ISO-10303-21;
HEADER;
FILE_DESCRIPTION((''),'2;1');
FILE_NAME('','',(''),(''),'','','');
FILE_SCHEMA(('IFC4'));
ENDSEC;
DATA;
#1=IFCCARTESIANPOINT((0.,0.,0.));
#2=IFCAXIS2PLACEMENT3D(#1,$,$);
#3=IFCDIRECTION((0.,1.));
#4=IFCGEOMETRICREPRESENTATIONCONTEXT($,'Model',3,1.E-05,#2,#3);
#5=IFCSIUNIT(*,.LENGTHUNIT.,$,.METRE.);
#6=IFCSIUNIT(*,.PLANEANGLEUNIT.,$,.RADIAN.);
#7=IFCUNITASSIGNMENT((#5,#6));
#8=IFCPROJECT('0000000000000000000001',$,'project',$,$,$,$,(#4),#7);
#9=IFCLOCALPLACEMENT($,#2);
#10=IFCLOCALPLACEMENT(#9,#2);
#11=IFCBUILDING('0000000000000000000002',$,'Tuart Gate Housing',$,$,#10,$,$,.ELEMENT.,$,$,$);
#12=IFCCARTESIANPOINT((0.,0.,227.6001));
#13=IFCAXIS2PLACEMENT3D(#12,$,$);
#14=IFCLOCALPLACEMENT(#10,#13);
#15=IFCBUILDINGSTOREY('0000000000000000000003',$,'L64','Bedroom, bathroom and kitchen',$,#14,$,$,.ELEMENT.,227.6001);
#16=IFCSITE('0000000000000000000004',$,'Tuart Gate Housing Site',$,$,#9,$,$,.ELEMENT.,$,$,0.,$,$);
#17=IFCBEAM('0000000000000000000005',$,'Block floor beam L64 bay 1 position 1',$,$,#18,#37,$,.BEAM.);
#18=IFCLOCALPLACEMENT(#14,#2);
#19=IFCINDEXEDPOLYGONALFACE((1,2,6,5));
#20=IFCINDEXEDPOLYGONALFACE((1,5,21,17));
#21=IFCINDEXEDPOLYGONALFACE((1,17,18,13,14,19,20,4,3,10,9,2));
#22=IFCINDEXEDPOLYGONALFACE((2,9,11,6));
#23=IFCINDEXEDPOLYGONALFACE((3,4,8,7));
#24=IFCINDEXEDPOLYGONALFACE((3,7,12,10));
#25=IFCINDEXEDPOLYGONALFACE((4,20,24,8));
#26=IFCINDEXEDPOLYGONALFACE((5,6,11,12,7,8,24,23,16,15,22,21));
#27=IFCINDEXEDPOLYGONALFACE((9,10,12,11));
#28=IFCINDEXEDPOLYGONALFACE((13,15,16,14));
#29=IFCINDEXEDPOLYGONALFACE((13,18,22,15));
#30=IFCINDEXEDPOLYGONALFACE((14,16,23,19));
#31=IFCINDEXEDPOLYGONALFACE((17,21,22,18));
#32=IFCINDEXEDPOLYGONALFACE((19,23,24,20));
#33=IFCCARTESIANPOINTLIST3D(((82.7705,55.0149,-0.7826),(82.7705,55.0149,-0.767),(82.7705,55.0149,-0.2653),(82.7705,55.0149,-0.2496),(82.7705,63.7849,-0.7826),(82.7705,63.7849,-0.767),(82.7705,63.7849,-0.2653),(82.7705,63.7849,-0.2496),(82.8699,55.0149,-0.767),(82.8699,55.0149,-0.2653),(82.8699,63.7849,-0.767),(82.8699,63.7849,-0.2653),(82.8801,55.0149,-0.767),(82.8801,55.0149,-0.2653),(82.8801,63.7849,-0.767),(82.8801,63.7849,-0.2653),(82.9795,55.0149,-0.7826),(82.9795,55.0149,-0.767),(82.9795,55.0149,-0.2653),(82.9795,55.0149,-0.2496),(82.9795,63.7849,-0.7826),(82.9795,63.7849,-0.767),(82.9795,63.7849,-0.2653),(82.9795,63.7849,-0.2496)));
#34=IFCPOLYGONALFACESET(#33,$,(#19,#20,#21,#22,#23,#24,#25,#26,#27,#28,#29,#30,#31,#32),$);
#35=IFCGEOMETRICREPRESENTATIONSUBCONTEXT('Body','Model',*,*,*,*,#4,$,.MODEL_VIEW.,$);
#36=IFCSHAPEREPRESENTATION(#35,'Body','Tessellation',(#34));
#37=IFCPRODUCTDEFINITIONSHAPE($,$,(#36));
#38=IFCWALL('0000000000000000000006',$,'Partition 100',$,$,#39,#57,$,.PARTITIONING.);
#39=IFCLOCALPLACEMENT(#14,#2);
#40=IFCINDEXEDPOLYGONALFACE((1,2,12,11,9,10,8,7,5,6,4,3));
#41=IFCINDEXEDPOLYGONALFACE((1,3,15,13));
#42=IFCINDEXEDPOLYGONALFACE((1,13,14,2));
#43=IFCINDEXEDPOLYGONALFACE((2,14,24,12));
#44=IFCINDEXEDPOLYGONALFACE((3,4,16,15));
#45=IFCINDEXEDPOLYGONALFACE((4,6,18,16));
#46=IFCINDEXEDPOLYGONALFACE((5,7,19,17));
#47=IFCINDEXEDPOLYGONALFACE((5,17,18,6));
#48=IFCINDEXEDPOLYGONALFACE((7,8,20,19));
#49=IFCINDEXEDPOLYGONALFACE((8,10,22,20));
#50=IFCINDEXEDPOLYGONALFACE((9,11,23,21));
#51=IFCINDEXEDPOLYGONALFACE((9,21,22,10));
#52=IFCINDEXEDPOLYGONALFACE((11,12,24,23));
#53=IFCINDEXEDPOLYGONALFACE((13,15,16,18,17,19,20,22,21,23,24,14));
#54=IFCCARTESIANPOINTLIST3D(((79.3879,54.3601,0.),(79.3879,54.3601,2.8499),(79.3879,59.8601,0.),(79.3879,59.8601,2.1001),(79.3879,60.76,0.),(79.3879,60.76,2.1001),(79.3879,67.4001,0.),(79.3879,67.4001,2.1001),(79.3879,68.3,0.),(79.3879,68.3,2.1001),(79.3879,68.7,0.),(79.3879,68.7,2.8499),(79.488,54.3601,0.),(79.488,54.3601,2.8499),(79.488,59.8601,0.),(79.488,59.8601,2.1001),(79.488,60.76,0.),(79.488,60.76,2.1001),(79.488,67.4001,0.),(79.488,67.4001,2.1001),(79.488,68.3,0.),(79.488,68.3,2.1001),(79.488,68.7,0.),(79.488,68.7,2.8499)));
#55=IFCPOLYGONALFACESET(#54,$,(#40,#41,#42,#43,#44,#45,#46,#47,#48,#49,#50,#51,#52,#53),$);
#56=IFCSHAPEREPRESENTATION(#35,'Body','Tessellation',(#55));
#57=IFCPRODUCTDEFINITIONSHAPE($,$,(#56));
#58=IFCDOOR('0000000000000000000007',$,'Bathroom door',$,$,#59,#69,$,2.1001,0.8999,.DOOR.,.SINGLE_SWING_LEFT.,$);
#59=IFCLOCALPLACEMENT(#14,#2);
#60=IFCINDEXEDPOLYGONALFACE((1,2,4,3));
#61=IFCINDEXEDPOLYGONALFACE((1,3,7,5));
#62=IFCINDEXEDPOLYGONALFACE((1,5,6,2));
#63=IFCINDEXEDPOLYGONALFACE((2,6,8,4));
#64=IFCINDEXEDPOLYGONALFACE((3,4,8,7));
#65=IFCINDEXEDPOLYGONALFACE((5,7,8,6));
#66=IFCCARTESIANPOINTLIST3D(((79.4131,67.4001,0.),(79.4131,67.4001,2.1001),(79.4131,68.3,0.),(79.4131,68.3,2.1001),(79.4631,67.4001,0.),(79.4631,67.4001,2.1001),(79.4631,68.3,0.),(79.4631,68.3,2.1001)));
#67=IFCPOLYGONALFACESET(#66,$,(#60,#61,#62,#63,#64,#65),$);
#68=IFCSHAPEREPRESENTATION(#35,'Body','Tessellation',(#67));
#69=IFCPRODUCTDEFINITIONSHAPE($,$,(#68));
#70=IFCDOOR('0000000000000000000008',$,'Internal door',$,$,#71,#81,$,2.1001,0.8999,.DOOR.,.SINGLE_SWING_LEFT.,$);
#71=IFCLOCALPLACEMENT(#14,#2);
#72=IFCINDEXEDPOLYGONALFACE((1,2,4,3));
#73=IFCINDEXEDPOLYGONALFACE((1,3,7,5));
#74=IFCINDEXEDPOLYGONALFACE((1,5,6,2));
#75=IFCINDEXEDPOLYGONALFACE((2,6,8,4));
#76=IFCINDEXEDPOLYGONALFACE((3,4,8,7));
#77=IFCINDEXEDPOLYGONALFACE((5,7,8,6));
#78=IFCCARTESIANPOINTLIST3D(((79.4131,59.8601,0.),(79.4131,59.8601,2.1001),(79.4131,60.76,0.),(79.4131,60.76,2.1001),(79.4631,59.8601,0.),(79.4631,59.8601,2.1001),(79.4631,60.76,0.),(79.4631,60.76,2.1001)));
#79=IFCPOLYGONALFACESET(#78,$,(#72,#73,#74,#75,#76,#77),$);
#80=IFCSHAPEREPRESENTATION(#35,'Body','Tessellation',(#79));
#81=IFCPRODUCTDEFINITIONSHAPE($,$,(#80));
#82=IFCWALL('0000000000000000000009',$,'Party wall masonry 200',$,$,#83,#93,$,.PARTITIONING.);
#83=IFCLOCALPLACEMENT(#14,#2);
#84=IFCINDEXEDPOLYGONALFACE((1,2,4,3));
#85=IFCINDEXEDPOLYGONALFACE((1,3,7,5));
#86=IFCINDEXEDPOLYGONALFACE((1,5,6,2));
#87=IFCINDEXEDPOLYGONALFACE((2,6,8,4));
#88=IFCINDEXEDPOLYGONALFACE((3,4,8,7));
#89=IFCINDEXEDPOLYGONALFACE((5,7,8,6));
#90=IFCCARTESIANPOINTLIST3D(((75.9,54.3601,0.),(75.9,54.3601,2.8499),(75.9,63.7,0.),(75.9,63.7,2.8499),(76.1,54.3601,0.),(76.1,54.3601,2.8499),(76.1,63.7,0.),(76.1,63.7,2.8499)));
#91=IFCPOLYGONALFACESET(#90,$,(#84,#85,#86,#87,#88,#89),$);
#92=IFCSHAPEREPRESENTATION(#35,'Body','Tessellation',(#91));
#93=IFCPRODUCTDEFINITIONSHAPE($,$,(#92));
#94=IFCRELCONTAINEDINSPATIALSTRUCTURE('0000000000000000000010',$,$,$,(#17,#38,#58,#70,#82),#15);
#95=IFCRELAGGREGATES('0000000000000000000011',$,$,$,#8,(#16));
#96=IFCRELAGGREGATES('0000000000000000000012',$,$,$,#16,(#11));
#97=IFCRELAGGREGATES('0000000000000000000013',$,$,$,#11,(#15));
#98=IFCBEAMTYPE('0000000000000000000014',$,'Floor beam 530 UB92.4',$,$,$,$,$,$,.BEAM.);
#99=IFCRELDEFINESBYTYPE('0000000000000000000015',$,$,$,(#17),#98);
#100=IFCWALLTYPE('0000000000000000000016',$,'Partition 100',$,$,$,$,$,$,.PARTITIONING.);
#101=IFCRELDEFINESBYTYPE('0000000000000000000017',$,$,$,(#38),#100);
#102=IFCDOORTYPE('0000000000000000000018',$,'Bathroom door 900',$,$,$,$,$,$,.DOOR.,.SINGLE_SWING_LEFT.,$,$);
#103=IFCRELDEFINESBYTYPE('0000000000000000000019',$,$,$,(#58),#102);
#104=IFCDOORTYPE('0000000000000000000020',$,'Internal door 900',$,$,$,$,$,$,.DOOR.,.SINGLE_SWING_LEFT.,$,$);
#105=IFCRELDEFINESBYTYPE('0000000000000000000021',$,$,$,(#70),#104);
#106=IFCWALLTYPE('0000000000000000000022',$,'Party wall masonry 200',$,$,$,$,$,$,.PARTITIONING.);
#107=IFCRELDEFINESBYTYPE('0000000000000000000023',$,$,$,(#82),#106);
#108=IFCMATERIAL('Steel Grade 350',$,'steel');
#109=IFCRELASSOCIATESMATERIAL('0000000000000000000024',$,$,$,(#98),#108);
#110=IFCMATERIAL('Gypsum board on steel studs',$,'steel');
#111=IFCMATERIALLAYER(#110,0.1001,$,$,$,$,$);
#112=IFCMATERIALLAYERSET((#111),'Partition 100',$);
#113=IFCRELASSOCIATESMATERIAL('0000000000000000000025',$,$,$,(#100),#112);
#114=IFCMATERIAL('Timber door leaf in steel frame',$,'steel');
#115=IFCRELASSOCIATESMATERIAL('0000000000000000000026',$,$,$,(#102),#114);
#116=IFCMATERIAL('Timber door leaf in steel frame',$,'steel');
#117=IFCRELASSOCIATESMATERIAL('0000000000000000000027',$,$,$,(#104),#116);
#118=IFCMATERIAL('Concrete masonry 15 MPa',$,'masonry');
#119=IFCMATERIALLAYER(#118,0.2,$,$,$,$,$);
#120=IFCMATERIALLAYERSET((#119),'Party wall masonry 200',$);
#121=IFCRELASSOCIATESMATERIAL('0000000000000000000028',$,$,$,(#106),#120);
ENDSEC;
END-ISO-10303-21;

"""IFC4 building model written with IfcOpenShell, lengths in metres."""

from ifc_helpers import new_model, si_unit, direction, frame, frame_2d, origin, origin_2d, place, context, subcontext, project, spatial, rectangle, i_section, extrude, material, layer, layer_set, material_profile, profile_set, type_object, element, fill, save


model = new_model("IFC4")

# Units and contexts
model_context = context("Model", 3, precision=1e-05, world=origin(), true_north=direction((0.0, 1.0)))
body_context = subcontext(model_context, "Body", "Model", "MODEL_VIEW")
ifc_project = project(units=[si_unit("LENGTHUNIT", "METRE"), si_unit("PLANEANGLEUNIT", "RADIAN")], contexts=[model_context])

# Site, building, storey
site_placement = place(None, origin())
site = spatial("IfcSite", under=ifc_project, at=site_placement, Name="Tuart Gate Housing Site", CompositionType="ELEMENT", RefElevation=0.0)
building_placement = place(site_placement, origin())
building = spatial("IfcBuilding", under=site, at=building_placement, Name="Tuart Gate Housing", CompositionType="ELEMENT")
storey_placement = place(building_placement, frame((0.0, 0.0, 227.6001)))
storey = spatial("IfcBuildingStorey", under=building, at=storey_placement, Name="L64", Description="Bedroom, bathroom and kitchen", CompositionType="ELEMENT", Elevation=227.6001)

# Beam
ifc_material_1 = material(Name="Steel Grade 350", Category="steel")
ifc_material_profile = material_profile(ifc_material_1, i_section(OverallWidth=0.209, OverallDepth=0.533, WebThickness=0.0103, FlangeThickness=0.0156, at=origin_2d()), Name="530UB92.4")
ifc_profile_set = profile_set([ifc_material_profile], Name="Steel Grade 350")
beam_type = type_object("IfcBeamType", Name="Floor beam 530 UB92.4", PredefinedType="BEAM", material=ifc_profile_set)
beam_placement = place(storey_placement, frame((82.875, 55.0149, -0.5161), z_axis=(0.0, 1.0, 0.0), x_axis=(-1.0, 0.0, 0.0)))
element("IfcBeam", 1, at=beam_placement, inside=storey, type_object=beam_type, Name="Block floor beam L64 bay 1 position 1", PredefinedType="BEAM", context=body_context, shape_type="SweptSolid", body=[
    extrude(i_section(OverallWidth=0.209, OverallDepth=0.533, WebThickness=0.0103, FlangeThickness=0.0156, at=origin_2d()), origin(), (0.0, 0.0, 1.0), 8.77),
])

# Wall, openings, doors
ifc_material_2 = material(Name="Gypsum board on steel studs", Category="steel")
ifc_layer_1 = layer(ifc_material_2, 0.1001)
ifc_layer_set_1 = layer_set([ifc_layer_1], Name="Partition 100")
wall_type_1 = type_object("IfcWallType", Name="Partition 100", PredefinedType="PARTITIONING", material=ifc_layer_set_1)
wall_1_placement = place(storey_placement, frame((79.438, 54.3601, 0.0), z_axis=(0.0, 0.0, 1.0), x_axis=(0.0, 1.0, 0.0)))
wall_1 = element("IfcWall", 2, at=wall_1_placement, inside=storey, type_object=wall_type_1, Name="Partition 100", PredefinedType="PARTITIONING", context=body_context, shape_type="SweptSolid", body=[
    extrude(rectangle(XDim=14.3398, YDim=0.1001, at=frame_2d((7.1699, 0.0))), origin(), (0.0, 0.0, 1.0), 2.8499),
])
opening_1_placement = place(wall_1_placement, frame((5.5, 0.0, 0.0)))
opening_1 = element("IfcOpeningElement", 3, at=opening_1_placement, cuts=wall_1, PredefinedType="OPENING", context=body_context, shape_type="SweptSolid", body=[
    extrude(rectangle(XDim=0.8999, YDim=2.1001, at=frame_2d((0.45, 1.05))), frame((0.0, 0.0601, 0.0), z_axis=(0.0, -1.0, 0.0), x_axis=(1.0, 0.0, 0.0)), (0.0, 0.0, 1.0), 0.1201),
])
opening_2_placement = place(wall_1_placement, frame((13.04, 0.0, 0.0)))
opening_2 = element("IfcOpeningElement", 4, at=opening_2_placement, cuts=wall_1, PredefinedType="OPENING", context=body_context, shape_type="SweptSolid", body=[
    extrude(rectangle(XDim=0.8999, YDim=2.1001, at=frame_2d((0.45, 1.05))), frame((0.0, 0.0601, 0.0), z_axis=(0.0, -1.0, 0.0), x_axis=(1.0, 0.0, 0.0)), (0.0, 0.0, 1.0), 0.1201),
])
ifc_material_3 = material(Name="Timber door leaf in steel frame", Category="steel")
door_type_1 = type_object("IfcDoorType", Name="Bathroom door 900", OperationType="SINGLE_SWING_LEFT", PredefinedType="DOOR", material=ifc_material_3)
door_1_placement = place(opening_2_placement, frame((0.8999, 0.0, 0.0), z_axis=(0.0, 0.0, 1.0), x_axis=(-1.0, 0.0, 0.0)))
door_1 = element("IfcDoor", 5, at=door_1_placement, inside=storey, type_object=door_type_1, Name="Bathroom door", OperationType="SINGLE_SWING_LEFT", OverallHeight=2.1001, OverallWidth=0.8999, PredefinedType="DOOR", context=body_context, shape_type="SweptSolid", body=[
    extrude(rectangle(XDim=0.8999, YDim=2.1001, at=frame_2d((0.45, 1.05))), frame((0.0, 0.0251, 0.0), z_axis=(0.0, -1.0, 0.0), x_axis=(1.0, 0.0, 0.0)), (0.0, 0.0, 1.0), 0.05),
])
fill(opening_2, door_1)
ifc_material_4 = material(Name="Timber door leaf in steel frame", Category="steel")
door_type_2 = type_object("IfcDoorType", Name="Internal door 900", OperationType="SINGLE_SWING_LEFT", PredefinedType="DOOR", material=ifc_material_4)
door_2_placement = place(opening_1_placement, frame((0.8999, 0.0, 0.0), z_axis=(0.0, 0.0, 1.0), x_axis=(-1.0, 0.0, 0.0)))
door_2 = element("IfcDoor", 6, at=door_2_placement, inside=storey, type_object=door_type_2, Name="Internal door", OperationType="SINGLE_SWING_LEFT", OverallHeight=2.1001, OverallWidth=0.8999, PredefinedType="DOOR", context=body_context, shape_type="SweptSolid", body=[
    extrude(rectangle(XDim=0.8999, YDim=2.1001, at=frame_2d((0.45, 1.05))), frame((0.0, 0.0251, 0.0), z_axis=(0.0, -1.0, 0.0), x_axis=(1.0, 0.0, 0.0)), (0.0, 0.0, 1.0), 0.05),
])
fill(opening_1, door_2)

# Wall
ifc_material_5 = material(Name="Concrete masonry 15 MPa", Category="masonry")
ifc_layer_2 = layer(ifc_material_5, 0.2)
ifc_layer_set_2 = layer_set([ifc_layer_2], Name="Party wall masonry 200")
wall_type_2 = type_object("IfcWallType", Name="Party wall masonry 200", PredefinedType="PARTITIONING", material=ifc_layer_set_2)
wall_2_placement = place(storey_placement, frame((76.0, 54.3601, 0.0), z_axis=(0.0, 0.0, 1.0), x_axis=(0.0, 1.0, 0.0)))
element("IfcWall", 7, at=wall_2_placement, inside=storey, type_object=wall_type_2, Name="Party wall masonry 200", PredefinedType="PARTITIONING", context=body_context, shape_type="SweptSolid", body=[
    extrude(rectangle(XDim=9.3398, YDim=0.2, at=frame_2d((4.6699, 0.0))), origin(), (0.0, 0.0, 1.0), 2.8499),
])

save(model, "model.ifc")
